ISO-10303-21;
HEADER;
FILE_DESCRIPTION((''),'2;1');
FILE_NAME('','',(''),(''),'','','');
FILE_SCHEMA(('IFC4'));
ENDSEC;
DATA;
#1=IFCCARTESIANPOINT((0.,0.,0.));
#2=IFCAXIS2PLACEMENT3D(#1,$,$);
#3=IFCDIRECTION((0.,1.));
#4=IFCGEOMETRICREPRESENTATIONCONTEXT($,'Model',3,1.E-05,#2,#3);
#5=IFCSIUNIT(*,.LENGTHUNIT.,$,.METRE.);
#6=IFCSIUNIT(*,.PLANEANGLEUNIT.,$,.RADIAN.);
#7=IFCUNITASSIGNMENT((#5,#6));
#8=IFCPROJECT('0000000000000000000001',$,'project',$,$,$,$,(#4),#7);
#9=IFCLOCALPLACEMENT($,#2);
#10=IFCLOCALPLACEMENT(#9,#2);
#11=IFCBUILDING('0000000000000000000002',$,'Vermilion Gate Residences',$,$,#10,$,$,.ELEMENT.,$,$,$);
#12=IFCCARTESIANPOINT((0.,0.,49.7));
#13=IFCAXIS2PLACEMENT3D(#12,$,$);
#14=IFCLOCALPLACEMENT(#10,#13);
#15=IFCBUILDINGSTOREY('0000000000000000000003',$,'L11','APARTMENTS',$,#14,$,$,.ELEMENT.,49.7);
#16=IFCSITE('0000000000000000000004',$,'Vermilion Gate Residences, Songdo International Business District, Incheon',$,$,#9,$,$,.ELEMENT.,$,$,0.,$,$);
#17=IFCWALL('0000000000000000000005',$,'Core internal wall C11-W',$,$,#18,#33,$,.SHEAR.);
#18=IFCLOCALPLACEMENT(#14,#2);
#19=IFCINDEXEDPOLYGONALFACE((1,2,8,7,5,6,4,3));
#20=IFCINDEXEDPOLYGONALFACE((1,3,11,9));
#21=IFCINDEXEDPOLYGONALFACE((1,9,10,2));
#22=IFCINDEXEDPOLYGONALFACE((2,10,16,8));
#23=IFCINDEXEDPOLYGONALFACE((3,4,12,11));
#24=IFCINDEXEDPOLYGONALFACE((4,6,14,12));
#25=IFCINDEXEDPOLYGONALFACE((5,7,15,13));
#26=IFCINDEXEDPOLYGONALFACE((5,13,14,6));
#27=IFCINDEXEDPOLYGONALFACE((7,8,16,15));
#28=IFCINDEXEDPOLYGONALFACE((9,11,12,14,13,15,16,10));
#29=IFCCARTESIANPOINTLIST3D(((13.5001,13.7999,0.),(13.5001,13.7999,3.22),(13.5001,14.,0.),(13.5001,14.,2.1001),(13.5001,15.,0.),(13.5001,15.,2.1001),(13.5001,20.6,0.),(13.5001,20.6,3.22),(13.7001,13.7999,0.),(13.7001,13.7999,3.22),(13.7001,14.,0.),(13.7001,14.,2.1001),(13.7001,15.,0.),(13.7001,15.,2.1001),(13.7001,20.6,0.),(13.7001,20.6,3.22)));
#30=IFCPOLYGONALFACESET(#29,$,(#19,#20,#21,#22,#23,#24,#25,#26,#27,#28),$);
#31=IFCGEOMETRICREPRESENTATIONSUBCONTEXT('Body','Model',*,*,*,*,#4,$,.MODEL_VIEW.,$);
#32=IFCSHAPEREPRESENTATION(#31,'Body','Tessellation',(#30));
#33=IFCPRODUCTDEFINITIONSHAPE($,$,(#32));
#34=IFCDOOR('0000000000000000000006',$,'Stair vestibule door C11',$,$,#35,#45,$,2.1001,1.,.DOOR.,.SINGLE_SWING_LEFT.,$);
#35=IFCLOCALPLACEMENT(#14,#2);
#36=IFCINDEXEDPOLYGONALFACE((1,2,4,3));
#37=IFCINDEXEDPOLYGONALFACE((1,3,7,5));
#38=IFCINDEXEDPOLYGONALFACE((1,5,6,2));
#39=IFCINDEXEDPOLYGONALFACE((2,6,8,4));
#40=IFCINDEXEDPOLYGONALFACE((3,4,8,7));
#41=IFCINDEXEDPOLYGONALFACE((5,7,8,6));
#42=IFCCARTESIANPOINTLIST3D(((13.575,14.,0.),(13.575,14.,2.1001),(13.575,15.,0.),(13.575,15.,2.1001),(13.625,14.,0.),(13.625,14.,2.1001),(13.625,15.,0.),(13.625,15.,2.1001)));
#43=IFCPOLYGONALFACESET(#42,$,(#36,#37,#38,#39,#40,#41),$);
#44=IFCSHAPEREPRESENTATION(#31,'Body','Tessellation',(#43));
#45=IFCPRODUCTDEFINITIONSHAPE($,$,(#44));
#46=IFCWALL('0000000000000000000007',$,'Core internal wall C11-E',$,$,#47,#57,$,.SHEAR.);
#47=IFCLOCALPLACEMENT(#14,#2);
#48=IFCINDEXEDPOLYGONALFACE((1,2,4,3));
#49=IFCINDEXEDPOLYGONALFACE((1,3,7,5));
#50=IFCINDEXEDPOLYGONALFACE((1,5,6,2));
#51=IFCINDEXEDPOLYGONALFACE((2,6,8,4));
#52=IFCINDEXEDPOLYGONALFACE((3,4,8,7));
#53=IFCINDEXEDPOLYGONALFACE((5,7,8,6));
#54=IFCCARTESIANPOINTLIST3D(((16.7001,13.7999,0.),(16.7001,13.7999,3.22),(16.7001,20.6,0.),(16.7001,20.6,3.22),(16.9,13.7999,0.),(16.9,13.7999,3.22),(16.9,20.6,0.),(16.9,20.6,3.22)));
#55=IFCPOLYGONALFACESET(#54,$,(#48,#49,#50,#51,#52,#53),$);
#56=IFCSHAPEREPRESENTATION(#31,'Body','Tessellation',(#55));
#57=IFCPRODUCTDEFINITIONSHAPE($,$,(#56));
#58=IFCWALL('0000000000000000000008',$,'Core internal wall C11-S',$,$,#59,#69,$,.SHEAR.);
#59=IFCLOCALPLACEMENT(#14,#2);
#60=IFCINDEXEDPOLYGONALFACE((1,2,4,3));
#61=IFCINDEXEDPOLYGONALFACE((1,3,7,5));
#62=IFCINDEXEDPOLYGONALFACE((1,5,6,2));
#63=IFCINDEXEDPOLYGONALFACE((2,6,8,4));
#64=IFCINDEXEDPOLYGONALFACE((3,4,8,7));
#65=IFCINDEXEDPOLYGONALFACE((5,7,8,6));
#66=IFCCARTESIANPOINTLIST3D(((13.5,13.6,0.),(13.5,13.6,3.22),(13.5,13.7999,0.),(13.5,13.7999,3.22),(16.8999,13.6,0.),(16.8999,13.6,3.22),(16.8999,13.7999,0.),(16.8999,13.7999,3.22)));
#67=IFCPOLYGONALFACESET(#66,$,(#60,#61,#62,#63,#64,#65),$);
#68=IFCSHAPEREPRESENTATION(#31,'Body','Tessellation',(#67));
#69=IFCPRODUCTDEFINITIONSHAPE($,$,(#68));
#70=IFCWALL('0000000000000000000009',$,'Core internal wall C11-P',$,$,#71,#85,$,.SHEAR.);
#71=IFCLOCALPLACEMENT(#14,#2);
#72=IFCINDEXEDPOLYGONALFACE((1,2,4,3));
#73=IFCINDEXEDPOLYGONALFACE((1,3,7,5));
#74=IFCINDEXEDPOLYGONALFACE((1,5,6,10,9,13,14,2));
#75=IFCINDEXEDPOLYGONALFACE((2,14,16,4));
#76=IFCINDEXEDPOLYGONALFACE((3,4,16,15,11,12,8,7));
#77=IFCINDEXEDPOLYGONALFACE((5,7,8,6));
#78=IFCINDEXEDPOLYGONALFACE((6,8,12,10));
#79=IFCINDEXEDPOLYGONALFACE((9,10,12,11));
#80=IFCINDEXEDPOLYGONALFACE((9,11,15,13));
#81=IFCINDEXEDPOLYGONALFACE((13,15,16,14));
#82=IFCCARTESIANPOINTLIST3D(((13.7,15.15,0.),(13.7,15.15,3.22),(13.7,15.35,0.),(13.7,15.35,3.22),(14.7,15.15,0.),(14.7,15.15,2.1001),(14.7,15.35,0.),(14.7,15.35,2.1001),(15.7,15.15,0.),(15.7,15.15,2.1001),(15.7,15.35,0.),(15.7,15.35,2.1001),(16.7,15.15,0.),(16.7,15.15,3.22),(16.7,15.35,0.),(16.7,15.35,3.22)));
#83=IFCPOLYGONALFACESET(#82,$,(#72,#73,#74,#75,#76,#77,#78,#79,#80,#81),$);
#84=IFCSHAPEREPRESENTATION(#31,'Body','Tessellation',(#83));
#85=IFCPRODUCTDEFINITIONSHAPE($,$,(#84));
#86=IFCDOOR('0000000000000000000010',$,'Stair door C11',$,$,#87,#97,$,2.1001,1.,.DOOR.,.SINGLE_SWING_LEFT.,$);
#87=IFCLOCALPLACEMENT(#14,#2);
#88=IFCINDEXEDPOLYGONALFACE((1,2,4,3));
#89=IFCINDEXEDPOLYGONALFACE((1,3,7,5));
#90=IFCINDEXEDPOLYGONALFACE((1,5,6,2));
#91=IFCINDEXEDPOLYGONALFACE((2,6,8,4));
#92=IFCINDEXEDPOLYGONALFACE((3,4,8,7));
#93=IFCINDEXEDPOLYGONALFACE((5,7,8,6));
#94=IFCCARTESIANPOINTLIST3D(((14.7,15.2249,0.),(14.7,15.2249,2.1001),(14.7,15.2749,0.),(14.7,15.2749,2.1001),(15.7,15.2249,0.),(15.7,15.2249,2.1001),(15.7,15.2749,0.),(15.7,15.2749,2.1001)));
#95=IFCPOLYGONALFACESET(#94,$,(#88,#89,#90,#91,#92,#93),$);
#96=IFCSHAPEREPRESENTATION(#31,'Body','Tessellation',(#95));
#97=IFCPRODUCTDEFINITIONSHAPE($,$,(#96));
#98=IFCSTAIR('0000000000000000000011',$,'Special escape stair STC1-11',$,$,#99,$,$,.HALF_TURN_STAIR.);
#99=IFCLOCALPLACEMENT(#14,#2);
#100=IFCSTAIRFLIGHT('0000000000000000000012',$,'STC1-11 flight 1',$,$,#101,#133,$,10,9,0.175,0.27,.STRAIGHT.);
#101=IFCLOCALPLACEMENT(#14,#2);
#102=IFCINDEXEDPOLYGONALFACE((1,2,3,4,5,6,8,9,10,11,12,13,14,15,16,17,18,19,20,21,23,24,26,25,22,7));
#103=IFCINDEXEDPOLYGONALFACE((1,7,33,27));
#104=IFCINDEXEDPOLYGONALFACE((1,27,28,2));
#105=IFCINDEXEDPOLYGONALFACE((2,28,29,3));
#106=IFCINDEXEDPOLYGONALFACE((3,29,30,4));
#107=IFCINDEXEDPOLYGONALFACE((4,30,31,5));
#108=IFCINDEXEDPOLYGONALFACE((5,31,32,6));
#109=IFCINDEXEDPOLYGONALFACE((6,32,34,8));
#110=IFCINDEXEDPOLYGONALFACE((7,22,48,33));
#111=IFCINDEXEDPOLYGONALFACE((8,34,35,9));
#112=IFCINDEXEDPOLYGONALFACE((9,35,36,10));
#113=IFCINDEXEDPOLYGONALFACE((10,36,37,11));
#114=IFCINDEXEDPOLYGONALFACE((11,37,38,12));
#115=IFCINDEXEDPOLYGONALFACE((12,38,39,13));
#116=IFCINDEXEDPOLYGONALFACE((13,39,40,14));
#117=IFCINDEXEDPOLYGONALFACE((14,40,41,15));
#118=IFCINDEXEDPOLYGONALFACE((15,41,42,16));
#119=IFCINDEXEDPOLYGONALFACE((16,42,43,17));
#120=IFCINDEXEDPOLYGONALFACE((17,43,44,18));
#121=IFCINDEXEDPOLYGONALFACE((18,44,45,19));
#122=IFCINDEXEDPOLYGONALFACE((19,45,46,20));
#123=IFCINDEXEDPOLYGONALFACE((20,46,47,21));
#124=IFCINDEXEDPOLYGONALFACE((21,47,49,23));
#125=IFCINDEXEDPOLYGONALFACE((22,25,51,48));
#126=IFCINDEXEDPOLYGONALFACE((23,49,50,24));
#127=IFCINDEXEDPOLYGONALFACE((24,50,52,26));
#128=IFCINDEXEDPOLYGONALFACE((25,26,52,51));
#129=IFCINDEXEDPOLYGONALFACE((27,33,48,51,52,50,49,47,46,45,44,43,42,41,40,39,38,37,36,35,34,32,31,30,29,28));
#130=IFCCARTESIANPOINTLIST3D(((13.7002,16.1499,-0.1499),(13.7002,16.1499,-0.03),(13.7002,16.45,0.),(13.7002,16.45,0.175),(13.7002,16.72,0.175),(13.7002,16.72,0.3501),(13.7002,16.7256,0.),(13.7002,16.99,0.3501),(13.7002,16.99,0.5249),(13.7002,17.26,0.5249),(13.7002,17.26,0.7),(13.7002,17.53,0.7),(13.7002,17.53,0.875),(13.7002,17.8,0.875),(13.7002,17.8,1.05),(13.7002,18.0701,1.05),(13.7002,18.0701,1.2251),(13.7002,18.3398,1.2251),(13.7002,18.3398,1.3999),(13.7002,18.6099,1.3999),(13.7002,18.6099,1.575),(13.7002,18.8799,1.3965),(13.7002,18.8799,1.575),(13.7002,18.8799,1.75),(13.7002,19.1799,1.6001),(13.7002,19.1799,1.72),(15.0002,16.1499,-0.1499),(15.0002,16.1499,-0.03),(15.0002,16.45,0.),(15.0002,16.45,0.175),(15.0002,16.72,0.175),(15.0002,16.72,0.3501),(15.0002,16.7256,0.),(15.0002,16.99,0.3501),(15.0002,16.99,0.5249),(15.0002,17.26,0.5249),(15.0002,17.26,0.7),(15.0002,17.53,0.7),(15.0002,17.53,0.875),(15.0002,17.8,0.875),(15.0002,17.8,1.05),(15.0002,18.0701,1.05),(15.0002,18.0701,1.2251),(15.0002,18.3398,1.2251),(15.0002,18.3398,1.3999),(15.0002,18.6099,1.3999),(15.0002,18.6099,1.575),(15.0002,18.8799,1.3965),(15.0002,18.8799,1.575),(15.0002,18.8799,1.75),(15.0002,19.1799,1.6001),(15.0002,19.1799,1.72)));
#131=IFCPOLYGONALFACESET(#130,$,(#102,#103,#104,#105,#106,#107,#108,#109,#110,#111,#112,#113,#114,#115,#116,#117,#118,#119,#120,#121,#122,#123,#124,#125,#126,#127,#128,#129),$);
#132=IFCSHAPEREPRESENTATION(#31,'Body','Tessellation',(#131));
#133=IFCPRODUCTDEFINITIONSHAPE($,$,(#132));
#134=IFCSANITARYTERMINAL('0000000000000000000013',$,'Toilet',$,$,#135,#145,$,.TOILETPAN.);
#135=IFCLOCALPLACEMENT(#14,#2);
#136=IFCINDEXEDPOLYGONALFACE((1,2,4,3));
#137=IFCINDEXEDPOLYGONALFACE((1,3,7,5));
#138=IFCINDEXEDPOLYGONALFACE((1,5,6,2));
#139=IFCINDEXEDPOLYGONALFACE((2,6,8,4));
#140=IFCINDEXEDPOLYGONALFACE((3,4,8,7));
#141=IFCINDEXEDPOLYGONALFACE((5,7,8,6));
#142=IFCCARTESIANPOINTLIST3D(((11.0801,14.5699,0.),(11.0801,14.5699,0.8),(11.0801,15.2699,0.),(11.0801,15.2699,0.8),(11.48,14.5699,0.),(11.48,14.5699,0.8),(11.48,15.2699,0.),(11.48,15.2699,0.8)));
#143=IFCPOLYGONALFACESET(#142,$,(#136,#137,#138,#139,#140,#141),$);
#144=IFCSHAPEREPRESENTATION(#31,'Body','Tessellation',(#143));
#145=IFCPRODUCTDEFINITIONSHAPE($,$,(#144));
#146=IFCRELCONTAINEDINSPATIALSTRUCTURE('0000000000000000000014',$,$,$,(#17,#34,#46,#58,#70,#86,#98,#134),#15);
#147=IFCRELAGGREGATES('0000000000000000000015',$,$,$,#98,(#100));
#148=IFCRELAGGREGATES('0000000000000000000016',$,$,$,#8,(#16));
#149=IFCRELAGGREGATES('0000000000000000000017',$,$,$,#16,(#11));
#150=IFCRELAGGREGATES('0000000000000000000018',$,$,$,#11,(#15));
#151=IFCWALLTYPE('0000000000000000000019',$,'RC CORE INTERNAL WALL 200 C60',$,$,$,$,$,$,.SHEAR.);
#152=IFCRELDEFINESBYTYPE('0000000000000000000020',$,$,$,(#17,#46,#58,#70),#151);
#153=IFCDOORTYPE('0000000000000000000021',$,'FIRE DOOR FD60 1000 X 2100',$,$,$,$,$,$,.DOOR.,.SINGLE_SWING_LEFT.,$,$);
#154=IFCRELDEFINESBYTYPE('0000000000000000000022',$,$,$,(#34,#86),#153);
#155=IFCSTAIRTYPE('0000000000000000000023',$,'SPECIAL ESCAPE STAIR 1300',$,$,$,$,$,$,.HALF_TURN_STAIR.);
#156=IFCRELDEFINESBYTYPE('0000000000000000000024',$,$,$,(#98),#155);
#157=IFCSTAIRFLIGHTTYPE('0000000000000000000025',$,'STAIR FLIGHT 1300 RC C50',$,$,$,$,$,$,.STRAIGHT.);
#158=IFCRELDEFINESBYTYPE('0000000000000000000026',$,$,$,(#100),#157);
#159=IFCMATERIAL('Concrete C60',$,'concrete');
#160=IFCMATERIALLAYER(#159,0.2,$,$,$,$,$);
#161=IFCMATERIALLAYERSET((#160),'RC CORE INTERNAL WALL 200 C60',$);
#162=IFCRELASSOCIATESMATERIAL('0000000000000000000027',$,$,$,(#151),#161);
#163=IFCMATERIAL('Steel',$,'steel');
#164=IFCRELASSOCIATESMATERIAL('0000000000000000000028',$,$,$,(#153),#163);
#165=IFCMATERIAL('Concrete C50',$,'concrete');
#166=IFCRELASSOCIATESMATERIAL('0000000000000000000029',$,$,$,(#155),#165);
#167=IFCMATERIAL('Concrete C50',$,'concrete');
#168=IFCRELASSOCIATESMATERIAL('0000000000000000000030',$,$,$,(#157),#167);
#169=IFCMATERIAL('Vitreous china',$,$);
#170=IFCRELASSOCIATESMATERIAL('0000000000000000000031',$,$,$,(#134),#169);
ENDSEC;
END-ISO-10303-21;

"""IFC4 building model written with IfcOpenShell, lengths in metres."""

from ifc_helpers import new_model, si_unit, direction, frame, frame_2d, origin, origin_2d, place, context, subcontext, project, spatial, polyline, rectangle, outline, extrude, material, layer, layer_set, type_object, element, fill, aggregate, save


model = new_model("IFC4")

# Units and contexts
model_context = context("Model", 3, precision=1e-05, world=origin(), true_north=direction((0.0, 1.0)))
body_context = subcontext(model_context, "Body", "Model", "MODEL_VIEW")
ifc_project = project(units=[si_unit("LENGTHUNIT", "METRE"), si_unit("PLANEANGLEUNIT", "RADIAN")], contexts=[model_context])

# Site, building, storey
site_placement = place(None, origin())
site = spatial("IfcSite", under=ifc_project, at=site_placement, Name="Vermilion Gate Residences, Songdo International Business District, Incheon", CompositionType="ELEMENT", RefElevation=0.0)
building_placement = place(site_placement, origin())
building = spatial("IfcBuilding", under=site, at=building_placement, Name="Vermilion Gate Residences", CompositionType="ELEMENT")
storey_placement = place(building_placement, frame((0.0, 0.0, 49.7)))
storey = spatial("IfcBuildingStorey", under=building, at=storey_placement, Name="L11", Description="APARTMENTS", CompositionType="ELEMENT", Elevation=49.7)

# Wall, opening, door
ifc_material_1 = material(Name="Concrete C60", Category="concrete")
ifc_layer_1 = layer(ifc_material_1, 0.2)
ifc_layer_set_1 = layer_set([ifc_layer_1], Name="RC CORE INTERNAL WALL 200 C60")
wall_type_1 = type_object("IfcWallType", Name="RC CORE INTERNAL WALL 200 C60", PredefinedType="SHEAR", material=ifc_layer_set_1)
wall_1_placement = place(storey_placement, frame((13.6001, 13.8, 0.0), z_axis=(0.0, 0.0, 1.0), x_axis=(0.0, 1.0, 0.0)))
wall_1 = element("IfcWall", 1, at=wall_1_placement, inside=storey, type_object=wall_type_1, Name="Core internal wall C11-W", PredefinedType="SHEAR", context=body_context, shape_type="SweptSolid", body=[
    extrude(rectangle(XDim=6.8, YDim=0.2, at=frame_2d((3.3999, 0.0))), origin(), (0.0, 0.0, 1.0), 3.22),
])
opening_1_placement = place(wall_1_placement, frame((0.2, 0.0, 0.0)))
opening_1 = element("IfcOpeningElement", 2, at=opening_1_placement, cuts=wall_1, PredefinedType="OPENING", context=body_context, shape_type="SweptSolid", body=[
    extrude(rectangle(XDim=1.0, YDim=2.1001, at=frame_2d((0.5, 1.05))), frame((0.0, 0.1099, 0.0), z_axis=(0.0, -1.0, 0.0), x_axis=(1.0, 0.0, 0.0)), (0.0, 0.0, 1.0), 0.22),
])
ifc_material_2 = material(Name="Steel", Category="steel")
door_type_1 = type_object("IfcDoorType", Name="FIRE DOOR FD60 1000 X 2100", OperationType="SINGLE_SWING_LEFT", PredefinedType="DOOR", material=ifc_material_2)
door_1_placement = place(opening_1_placement, frame((1.0, 0.0, 0.0), z_axis=(0.0, 0.0, 1.0), x_axis=(-1.0, 0.0, 0.0)))
door_1 = element("IfcDoor", 3, at=door_1_placement, inside=storey, type_object=door_type_1, Name="Stair vestibule door C11", OperationType="SINGLE_SWING_LEFT", OverallHeight=2.1001, OverallWidth=1.0, PredefinedType="DOOR", context=body_context, shape_type="SweptSolid", body=[
    extrude(rectangle(XDim=1.0, YDim=2.1001, at=frame_2d((0.5, 1.05))), frame((0.0, 0.0249, 0.0), z_axis=(0.0, -1.0, 0.0), x_axis=(1.0, 0.0, 0.0)), (0.0, 0.0, 1.0), 0.05),
])
fill(opening_1, door_1)

# Walls
wall_2_placement = place(storey_placement, frame((16.8, 13.8, 0.0), z_axis=(0.0, 0.0, 1.0), x_axis=(0.0, 1.0, 0.0)))
element("IfcWall", 4, at=wall_2_placement, inside=storey, type_object=wall_type_1, Name="Core internal wall C11-E", PredefinedType="SHEAR", context=body_context, shape_type="SweptSolid", body=[
    extrude(rectangle(XDim=6.8, YDim=0.2, at=frame_2d((3.3999, 0.0))), origin(), (0.0, 0.0, 1.0), 3.22),
])
wall_3_placement = place(storey_placement, frame((13.5, 13.7, 0.0), z_axis=(0.0, 0.0, 1.0), x_axis=(1.0, 0.0, 0.0)))
element("IfcWall", 5, at=wall_3_placement, inside=storey, type_object=wall_type_1, Name="Core internal wall C11-S", PredefinedType="SHEAR", context=body_context, shape_type="SweptSolid", body=[
    extrude(rectangle(XDim=3.3999, YDim=0.2, at=frame_2d((1.7, 0.0))), origin(), (0.0, 0.0, 1.0), 3.22),
])

# Wall, opening, door
wall_4_placement = place(storey_placement, frame((13.7, 15.25, 0.0), z_axis=(0.0, 0.0, 1.0), x_axis=(1.0, 0.0, 0.0)))
wall_4 = element("IfcWall", 6, at=wall_4_placement, inside=storey, type_object=wall_type_1, Name="Core internal wall C11-P", PredefinedType="SHEAR", context=body_context, shape_type="SweptSolid", body=[
    extrude(rectangle(XDim=3.0, YDim=0.2, at=frame_2d((1.5, 0.0))), origin(), (0.0, 0.0, 1.0), 3.22),
])
opening_2_placement = place(wall_4_placement, frame((1.0, 0.0, 0.0)))
opening_2 = element("IfcOpeningElement", 7, at=opening_2_placement, cuts=wall_4, PredefinedType="OPENING", context=body_context, shape_type="SweptSolid", body=[
    extrude(rectangle(XDim=1.0, YDim=2.1001, at=frame_2d((0.5, 1.05))), frame((0.0, 0.1099, 0.0), z_axis=(0.0, -1.0, 0.0), x_axis=(1.0, 0.0, 0.0)), (0.0, 0.0, 1.0), 0.22),
])
door_2_placement = place(opening_2_placement, origin())
door_2 = element("IfcDoor", 8, at=door_2_placement, inside=storey, type_object=door_type_1, Name="Stair door C11", OperationType="SINGLE_SWING_LEFT", OverallHeight=2.1001, OverallWidth=1.0, PredefinedType="DOOR", context=body_context, shape_type="SweptSolid", body=[
    extrude(rectangle(XDim=1.0, YDim=2.1001, at=frame_2d((0.5, 1.05))), frame((0.0, 0.0249, 0.0), z_axis=(0.0, -1.0, 0.0), x_axis=(1.0, 0.0, 0.0)), (0.0, 0.0, 1.0), 0.05),
])
fill(opening_2, door_2)

# Stair, stair flight
ifc_material_3 = material(Name="Concrete C50", Category="concrete")
stair_type = type_object("IfcStairType", Name="SPECIAL ESCAPE STAIR 1300", PredefinedType="HALF_TURN_STAIR", material=ifc_material_3)
stair_placement = place(storey_placement, origin())
stair = element("IfcStair", 9, at=stair_placement, inside=storey, type_object=stair_type, Name="Special escape stair STC1-11", PredefinedType="HALF_TURN_STAIR")
ifc_material_4 = material(Name="Concrete C50", Category="concrete")
stair_flight_type = type_object("IfcStairFlightType", Name="STAIR FLIGHT 1300 RC C50", PredefinedType="STRAIGHT", material=ifc_material_4)
stair_flight_placement = place(storey_placement, frame((14.3501, 16.45, 0.0), z_axis=(0.0, 0.0, 1.0), x_axis=(0.0, 1.0, 0.0)))
stair_flight = element("IfcStairFlight", 10, at=stair_flight_placement, type_object=stair_flight_type, Name="STC1-11 flight 1", NumberOfRisers=10, NumberOfTreads=9, PredefinedType="STRAIGHT", RiserHeight=0.175, TreadLength=0.27, context=body_context, shape_type="SweptSolid", body=[
    extrude(outline(polyline([(-0.3, -0.1499), (-0.3, -0.03), (0.0, 0.0), (0.0, 0.175), (0.27, 0.175), (0.27, 0.3501), (0.54, 0.3501), (0.54, 0.5249), (0.8101, 0.5249), (0.8101, 0.7), (1.0801, 0.7), (1.0801, 0.875), (1.3501, 0.875), (1.3501, 1.05), (1.6201, 1.05), (1.6201, 1.2251), (1.8899, 1.2251), (1.8899, 1.3999), (2.1599, 1.3999), (2.1599, 1.575), (2.4299, 1.575), (2.4299, 1.75), (2.73, 1.72), (2.73, 1.6001), (2.4299, 1.3965), (0.2756, 0.0), (-0.3, -0.1499)])), frame((0.0, 0.6499, 0.0), z_axis=(0.0, -1.0, 0.0), x_axis=(1.0, 0.0, 0.0)), (0.0, 0.0, 1.0), 1.3),
])
aggregate(stair, [stair_flight])

# Sanitary terminal
ifc_material_5 = material(Name="Vitreous china")
sanitary_terminal_placement = place(storey_placement, frame((11.28, 14.9199, 0.0), z_axis=(0.0, 0.0, 1.0), x_axis=(1.0, 0.0, 0.0)))
element("IfcSanitaryTerminal", 11, at=sanitary_terminal_placement, inside=storey, material=ifc_material_5, Name="Toilet", PredefinedType="TOILETPAN", context=body_context, shape_type="SweptSolid", body=[
    extrude(rectangle(XDim=0.3999, YDim=0.7, at=origin_2d()), origin(), (0.0, 0.0, 1.0), 0.8),
])

save(model, "model.ifc")
